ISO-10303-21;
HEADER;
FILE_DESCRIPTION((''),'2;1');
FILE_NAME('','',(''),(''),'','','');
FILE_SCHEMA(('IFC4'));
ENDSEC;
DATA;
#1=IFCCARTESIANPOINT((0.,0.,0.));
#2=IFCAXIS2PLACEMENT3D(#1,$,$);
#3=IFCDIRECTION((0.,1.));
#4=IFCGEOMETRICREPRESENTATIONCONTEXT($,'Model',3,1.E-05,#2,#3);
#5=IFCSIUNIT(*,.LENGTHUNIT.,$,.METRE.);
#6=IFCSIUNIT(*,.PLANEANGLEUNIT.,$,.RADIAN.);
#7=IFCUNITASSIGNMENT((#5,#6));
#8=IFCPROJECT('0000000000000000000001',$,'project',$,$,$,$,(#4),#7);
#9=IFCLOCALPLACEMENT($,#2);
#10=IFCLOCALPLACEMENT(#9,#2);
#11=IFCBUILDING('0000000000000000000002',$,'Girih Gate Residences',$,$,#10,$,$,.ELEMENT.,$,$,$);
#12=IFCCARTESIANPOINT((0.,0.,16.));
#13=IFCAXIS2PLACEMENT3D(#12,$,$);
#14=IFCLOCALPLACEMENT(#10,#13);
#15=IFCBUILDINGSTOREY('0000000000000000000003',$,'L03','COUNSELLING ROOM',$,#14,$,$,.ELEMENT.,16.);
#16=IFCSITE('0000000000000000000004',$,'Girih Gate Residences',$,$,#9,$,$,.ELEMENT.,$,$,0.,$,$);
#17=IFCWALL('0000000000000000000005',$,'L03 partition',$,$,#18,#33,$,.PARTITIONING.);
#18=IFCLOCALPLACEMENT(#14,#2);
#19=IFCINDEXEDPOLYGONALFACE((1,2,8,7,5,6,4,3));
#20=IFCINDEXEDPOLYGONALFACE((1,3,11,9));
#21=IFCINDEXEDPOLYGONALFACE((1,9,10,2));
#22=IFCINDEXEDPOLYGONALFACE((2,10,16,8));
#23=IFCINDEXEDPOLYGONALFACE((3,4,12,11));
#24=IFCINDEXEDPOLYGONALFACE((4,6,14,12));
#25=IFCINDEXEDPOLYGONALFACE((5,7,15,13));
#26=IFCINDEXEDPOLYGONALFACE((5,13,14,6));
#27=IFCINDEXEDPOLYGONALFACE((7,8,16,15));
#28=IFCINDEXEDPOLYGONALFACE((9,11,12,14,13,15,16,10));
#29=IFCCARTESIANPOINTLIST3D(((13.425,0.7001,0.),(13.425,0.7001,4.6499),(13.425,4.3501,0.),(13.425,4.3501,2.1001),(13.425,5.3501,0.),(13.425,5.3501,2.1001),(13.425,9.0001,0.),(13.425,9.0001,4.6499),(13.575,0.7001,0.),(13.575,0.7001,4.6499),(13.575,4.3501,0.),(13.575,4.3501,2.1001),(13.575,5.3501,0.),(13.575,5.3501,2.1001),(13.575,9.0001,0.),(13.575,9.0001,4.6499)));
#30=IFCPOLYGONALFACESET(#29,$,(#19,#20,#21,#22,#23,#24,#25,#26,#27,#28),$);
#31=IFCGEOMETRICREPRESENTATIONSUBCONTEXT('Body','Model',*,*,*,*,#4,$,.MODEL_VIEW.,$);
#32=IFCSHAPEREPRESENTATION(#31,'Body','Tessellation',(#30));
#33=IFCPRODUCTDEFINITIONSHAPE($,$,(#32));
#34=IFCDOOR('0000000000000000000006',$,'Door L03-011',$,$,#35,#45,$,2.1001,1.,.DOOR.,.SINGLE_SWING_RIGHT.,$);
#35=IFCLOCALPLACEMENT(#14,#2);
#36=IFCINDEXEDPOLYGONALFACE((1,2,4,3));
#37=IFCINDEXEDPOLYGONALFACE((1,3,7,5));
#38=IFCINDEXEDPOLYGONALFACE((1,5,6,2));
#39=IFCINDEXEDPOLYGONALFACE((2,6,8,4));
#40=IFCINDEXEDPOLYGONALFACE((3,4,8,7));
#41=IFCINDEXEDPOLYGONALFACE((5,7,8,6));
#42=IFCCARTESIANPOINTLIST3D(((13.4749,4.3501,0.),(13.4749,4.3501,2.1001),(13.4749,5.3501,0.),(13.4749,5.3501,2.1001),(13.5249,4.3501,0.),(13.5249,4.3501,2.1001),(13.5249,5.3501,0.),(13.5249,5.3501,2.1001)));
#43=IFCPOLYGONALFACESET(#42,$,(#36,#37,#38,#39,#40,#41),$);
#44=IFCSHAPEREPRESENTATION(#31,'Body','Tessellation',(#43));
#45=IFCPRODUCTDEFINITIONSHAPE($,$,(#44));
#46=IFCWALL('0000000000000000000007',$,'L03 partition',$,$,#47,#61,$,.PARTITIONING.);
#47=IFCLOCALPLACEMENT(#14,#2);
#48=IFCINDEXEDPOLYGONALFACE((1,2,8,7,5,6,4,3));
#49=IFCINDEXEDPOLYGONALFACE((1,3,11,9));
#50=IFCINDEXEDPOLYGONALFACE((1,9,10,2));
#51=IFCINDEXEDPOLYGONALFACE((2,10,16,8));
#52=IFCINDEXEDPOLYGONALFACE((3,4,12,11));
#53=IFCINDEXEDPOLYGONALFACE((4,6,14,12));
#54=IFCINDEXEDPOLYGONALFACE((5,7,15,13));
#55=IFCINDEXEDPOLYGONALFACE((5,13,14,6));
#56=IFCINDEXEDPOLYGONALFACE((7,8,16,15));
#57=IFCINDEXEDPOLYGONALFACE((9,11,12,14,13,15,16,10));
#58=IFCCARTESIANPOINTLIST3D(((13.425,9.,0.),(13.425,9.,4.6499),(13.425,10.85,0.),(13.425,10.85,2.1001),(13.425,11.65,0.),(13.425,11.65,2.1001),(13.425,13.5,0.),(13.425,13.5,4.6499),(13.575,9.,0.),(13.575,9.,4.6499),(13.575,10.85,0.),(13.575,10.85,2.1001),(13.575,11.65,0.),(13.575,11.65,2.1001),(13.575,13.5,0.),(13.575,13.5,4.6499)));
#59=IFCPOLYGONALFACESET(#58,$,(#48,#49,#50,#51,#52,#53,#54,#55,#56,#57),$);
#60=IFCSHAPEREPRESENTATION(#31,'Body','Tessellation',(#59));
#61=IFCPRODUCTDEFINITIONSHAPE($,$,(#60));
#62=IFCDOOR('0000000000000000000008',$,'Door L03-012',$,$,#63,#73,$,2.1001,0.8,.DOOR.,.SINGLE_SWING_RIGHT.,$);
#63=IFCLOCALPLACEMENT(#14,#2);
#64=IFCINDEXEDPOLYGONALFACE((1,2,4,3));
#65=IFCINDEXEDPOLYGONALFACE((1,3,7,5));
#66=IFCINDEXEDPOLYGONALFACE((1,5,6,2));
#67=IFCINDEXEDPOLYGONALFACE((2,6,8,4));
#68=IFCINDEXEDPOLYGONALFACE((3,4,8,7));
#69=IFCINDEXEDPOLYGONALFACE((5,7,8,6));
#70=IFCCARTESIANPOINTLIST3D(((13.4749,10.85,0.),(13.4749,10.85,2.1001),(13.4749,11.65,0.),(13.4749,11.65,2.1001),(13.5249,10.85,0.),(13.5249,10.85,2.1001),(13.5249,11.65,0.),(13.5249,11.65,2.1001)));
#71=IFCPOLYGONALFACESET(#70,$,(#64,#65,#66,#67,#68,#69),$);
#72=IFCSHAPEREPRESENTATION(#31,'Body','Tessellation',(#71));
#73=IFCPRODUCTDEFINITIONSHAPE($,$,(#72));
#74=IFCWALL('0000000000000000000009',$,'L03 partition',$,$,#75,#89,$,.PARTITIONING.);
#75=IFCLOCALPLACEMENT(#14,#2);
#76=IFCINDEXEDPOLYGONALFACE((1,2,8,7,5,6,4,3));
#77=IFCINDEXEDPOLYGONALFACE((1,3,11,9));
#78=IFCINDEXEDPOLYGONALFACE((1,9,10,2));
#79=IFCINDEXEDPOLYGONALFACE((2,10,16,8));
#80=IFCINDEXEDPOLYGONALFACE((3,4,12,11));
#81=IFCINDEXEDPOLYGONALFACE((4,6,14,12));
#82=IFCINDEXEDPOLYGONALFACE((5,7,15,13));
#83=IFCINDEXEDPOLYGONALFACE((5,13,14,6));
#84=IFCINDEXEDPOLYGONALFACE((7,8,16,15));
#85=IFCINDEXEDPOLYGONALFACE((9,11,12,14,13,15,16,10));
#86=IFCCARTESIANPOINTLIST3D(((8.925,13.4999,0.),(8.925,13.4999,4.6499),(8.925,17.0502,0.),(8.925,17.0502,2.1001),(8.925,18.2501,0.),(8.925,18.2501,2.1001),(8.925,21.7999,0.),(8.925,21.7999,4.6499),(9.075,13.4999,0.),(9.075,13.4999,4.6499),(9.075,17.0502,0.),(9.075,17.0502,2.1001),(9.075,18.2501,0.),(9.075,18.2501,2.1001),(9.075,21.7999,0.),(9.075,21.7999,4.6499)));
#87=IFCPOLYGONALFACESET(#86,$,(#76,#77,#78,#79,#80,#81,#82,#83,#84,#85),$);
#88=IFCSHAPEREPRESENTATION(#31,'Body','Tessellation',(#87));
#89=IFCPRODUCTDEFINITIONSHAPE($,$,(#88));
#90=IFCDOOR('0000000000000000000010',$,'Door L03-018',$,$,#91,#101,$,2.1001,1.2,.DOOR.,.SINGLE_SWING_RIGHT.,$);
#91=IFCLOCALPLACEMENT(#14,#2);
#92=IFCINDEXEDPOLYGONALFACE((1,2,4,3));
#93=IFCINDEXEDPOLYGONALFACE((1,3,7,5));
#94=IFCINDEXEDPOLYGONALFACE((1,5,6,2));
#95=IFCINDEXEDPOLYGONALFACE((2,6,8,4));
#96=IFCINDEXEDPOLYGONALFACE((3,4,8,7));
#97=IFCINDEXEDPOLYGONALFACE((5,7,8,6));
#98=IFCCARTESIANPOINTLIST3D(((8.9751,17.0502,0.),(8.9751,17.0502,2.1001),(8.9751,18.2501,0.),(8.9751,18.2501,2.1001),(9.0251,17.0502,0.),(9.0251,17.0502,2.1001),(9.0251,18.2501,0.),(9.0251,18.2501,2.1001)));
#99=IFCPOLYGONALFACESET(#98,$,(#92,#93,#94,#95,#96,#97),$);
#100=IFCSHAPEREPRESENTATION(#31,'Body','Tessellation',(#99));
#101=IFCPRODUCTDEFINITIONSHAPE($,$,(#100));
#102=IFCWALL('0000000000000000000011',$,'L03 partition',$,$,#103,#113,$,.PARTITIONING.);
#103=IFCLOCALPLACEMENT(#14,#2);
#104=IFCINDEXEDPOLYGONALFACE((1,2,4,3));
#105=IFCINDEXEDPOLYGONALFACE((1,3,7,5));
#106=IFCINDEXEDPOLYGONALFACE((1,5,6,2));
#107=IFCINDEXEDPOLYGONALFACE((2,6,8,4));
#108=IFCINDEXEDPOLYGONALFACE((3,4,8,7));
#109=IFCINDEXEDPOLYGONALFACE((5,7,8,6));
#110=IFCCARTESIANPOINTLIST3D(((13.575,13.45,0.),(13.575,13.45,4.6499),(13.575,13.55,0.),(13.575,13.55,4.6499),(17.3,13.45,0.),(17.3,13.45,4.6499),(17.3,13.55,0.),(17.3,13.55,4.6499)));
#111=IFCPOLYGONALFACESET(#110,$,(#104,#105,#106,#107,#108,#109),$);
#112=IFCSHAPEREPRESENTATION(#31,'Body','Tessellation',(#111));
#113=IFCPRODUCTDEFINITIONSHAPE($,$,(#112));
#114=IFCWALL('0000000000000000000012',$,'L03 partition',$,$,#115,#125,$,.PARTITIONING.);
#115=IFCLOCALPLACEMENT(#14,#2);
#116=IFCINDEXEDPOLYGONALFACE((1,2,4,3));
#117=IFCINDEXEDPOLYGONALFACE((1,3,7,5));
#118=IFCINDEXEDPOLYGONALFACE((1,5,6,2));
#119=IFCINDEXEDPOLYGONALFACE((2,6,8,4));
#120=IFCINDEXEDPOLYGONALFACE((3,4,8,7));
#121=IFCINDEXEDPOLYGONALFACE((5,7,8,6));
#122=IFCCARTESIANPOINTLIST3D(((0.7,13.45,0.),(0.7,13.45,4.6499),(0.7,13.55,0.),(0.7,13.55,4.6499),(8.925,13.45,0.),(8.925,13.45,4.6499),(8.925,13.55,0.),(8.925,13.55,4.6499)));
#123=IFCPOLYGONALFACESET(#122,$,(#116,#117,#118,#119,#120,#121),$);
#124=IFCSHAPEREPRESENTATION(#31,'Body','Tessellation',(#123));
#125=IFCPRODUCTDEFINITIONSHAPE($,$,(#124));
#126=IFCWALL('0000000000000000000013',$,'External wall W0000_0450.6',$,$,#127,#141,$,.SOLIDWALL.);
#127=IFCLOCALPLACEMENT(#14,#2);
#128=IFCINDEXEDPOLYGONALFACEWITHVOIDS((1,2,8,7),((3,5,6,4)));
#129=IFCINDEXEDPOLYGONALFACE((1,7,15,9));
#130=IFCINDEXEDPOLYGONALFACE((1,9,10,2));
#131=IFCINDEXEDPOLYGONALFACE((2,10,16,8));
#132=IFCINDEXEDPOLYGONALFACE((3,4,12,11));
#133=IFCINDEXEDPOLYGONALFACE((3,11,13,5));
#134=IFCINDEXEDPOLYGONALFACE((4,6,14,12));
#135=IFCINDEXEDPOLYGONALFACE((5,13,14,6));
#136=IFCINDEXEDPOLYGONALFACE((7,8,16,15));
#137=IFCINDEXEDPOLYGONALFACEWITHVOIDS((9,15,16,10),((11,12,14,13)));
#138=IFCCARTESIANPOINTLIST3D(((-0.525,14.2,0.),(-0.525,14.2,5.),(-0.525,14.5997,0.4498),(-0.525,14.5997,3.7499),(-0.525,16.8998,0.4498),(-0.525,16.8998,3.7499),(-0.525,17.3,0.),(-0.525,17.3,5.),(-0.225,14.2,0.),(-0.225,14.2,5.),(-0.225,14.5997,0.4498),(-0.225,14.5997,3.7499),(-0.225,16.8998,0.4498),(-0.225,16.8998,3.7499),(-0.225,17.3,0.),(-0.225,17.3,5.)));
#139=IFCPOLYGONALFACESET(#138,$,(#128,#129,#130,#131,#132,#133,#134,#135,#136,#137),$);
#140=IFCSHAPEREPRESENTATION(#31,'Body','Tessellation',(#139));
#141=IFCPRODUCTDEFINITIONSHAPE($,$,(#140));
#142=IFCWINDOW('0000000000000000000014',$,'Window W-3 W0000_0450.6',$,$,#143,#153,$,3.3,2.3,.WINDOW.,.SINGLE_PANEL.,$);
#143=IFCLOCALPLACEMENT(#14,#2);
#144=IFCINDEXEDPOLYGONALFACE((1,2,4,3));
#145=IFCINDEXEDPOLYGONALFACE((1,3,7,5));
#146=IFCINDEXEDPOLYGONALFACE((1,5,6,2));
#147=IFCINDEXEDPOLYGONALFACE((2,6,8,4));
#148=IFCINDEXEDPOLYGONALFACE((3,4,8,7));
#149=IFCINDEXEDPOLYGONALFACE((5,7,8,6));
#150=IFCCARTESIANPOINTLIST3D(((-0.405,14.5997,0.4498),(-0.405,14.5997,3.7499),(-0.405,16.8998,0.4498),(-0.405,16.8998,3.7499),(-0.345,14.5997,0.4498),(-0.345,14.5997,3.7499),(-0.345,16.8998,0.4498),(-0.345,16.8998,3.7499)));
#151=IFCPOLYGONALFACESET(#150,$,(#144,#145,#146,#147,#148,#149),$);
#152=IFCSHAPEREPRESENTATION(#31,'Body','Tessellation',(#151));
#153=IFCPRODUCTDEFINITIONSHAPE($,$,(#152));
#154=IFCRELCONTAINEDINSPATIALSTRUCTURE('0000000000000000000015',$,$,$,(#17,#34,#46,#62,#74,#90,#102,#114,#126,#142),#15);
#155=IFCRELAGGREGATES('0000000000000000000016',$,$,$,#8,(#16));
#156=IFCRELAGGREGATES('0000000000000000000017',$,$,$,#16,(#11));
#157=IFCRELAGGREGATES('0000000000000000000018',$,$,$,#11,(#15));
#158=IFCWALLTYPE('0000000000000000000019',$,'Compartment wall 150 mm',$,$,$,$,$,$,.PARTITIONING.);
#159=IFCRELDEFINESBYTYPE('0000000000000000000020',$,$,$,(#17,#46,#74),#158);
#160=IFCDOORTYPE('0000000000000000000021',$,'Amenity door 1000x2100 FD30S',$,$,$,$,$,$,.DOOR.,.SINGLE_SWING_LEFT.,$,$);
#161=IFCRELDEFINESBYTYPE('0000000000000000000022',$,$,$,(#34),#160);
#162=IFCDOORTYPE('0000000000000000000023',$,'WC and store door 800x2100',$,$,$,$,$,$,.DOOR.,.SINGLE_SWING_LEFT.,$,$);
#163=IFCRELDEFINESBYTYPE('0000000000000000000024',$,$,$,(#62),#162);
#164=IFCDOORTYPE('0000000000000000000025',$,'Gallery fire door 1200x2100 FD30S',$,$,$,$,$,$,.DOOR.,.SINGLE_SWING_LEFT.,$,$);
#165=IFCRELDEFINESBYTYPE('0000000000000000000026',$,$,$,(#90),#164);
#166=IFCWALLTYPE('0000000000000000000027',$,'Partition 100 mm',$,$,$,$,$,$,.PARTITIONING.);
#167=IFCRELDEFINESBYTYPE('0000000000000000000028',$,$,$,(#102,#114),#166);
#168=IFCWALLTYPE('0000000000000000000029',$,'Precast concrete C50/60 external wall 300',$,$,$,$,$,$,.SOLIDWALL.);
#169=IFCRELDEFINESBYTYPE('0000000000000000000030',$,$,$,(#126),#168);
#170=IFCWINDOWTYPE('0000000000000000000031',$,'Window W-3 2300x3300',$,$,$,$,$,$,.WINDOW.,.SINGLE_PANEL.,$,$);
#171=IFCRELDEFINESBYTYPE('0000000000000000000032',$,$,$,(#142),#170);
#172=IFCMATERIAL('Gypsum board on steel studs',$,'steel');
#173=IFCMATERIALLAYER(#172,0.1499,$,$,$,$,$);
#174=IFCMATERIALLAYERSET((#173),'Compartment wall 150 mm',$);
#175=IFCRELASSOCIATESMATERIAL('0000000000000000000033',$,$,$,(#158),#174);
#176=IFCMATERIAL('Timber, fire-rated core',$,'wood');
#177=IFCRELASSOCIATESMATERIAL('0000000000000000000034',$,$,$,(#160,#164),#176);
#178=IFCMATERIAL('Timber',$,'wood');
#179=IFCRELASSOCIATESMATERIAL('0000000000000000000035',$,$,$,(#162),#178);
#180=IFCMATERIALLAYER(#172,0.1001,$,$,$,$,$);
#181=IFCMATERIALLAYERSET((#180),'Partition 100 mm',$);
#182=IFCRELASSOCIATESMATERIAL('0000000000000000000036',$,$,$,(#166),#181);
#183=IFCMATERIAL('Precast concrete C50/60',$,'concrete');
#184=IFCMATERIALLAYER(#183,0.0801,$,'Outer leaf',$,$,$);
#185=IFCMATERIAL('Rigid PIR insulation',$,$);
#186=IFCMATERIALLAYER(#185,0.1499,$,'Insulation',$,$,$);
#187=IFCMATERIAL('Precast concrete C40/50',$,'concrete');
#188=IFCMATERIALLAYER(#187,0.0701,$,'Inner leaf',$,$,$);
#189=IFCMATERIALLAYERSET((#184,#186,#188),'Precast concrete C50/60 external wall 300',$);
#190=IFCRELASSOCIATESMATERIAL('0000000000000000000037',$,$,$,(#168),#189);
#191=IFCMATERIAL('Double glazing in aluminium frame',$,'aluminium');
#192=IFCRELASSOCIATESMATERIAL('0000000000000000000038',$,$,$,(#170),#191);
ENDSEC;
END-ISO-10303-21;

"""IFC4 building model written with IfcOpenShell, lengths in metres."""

from ifc_helpers import new_model, si_unit, direction, frame, frame_2d, origin, place, context, subcontext, project, spatial, rectangle, extrude, material, layer, layer_set, type_object, element, fill, save


model = new_model("IFC4")

# Units and contexts
model_context = context("Model", 3, precision=1e-05, world=origin(), true_north=direction((0.0, 1.0)))
body_context = subcontext(model_context, "Body", "Model", "MODEL_VIEW")
ifc_project = project(units=[si_unit("LENGTHUNIT", "METRE"), si_unit("PLANEANGLEUNIT", "RADIAN")], contexts=[model_context])

# Site, building, storey
site_placement = place(None, origin())
site = spatial("IfcSite", under=ifc_project, at=site_placement, Name="Girih Gate Residences", CompositionType="ELEMENT", RefElevation=0.0)
building_placement = place(site_placement, origin())
building = spatial("IfcBuilding", under=site, at=building_placement, Name="Girih Gate Residences", CompositionType="ELEMENT")
storey_placement = place(building_placement, frame((0.0, 0.0, 16.0)))
storey = spatial("IfcBuildingStorey", under=building, at=storey_placement, Name="L03", Description="COUNSELLING ROOM", CompositionType="ELEMENT", Elevation=16.0)

# Shared definitions
ifc_material_1 = material(Name="Gypsum board on steel studs", Category="steel")
ifc_layer_1 = layer(ifc_material_1, 0.1499)
ifc_layer_set_1 = layer_set([ifc_layer_1], Name="Compartment wall 150 mm")
wall_type_1 = type_object("IfcWallType", Name="Compartment wall 150 mm", PredefinedType="PARTITIONING", material=ifc_layer_set_1)

# Walls, openings, doors
wall_1_placement = place(storey_placement, frame((13.5, 9.0, 0.0), z_axis=(0.0, 0.0, 1.0), x_axis=(0.0, -1.0, 0.0)))
wall_1 = element("IfcWall", 1, at=wall_1_placement, inside=storey, type_object=wall_type_1, Name="L03 partition", PredefinedType="PARTITIONING", context=body_context, shape_type="SweptSolid", body=[
    extrude(rectangle(XDim=8.3, YDim=0.1499, at=frame_2d((4.1499, 0.0))), origin(), (0.0, 0.0, 1.0), 4.6499),
])
opening_1_placement = place(wall_1_placement, frame((3.6499, 0.0, 0.0)))
opening_1 = element("IfcOpeningElement", 2, at=opening_1_placement, cuts=wall_1, PredefinedType="OPENING", context=body_context, shape_type="SweptSolid", body=[
    extrude(rectangle(XDim=1.0, YDim=2.1001, at=frame_2d((0.5, 1.05))), frame((0.0, 0.085, 0.0), z_axis=(0.0, -1.0, 0.0), x_axis=(1.0, 0.0, 0.0)), (0.0, 0.0, 1.0), 0.1699),
])
ifc_material_2 = material(Name="Timber, fire-rated core", Category="wood")
door_type_1 = type_object("IfcDoorType", Name="Amenity door 1000x2100 FD30S", OperationType="SINGLE_SWING_LEFT", PredefinedType="DOOR", material=ifc_material_2)
door_1_placement = place(opening_1_placement, origin())
door_1 = element("IfcDoor", 3, at=door_1_placement, inside=storey, type_object=door_type_1, Name="Door L03-011", OperationType="SINGLE_SWING_RIGHT", OverallHeight=2.1001, OverallWidth=1.0, PredefinedType="DOOR", context=body_context, shape_type="SweptSolid", body=[
    extrude(rectangle(XDim=1.0, YDim=2.1001, at=frame_2d((0.5, 1.05))), frame((0.0, 0.0249, 0.0), z_axis=(0.0, -1.0, 0.0), x_axis=(1.0, 0.0, 0.0)), (0.0, 0.0, 1.0), 0.05),
])
fill(opening_1, door_1)
wall_2_placement = place(storey_placement, frame((13.5, 13.5, 0.0), z_axis=(0.0, 0.0, 1.0), x_axis=(0.0, -1.0, 0.0)))
wall_2 = element("IfcWall", 4, at=wall_2_placement, inside=storey, type_object=wall_type_1, Name="L03 partition", PredefinedType="PARTITIONING", context=body_context, shape_type="SweptSolid", body=[
    extrude(rectangle(XDim=4.5, YDim=0.1499, at=frame_2d((2.25, 0.0))), origin(), (0.0, 0.0, 1.0), 4.6499),
])
opening_2_placement = place(wall_2_placement, frame((1.8501, 0.0, 0.0)))
opening_2 = element("IfcOpeningElement", 5, at=opening_2_placement, cuts=wall_2, PredefinedType="OPENING", context=body_context, shape_type="SweptSolid", body=[
    extrude(rectangle(XDim=0.8, YDim=2.1001, at=frame_2d((0.3999, 1.05))), frame((0.0, 0.085, 0.0), z_axis=(0.0, -1.0, 0.0), x_axis=(1.0, 0.0, 0.0)), (0.0, 0.0, 1.0), 0.1699),
])
ifc_material_3 = material(Name="Timber", Category="wood")
door_type_2 = type_object("IfcDoorType", Name="WC and store door 800x2100", OperationType="SINGLE_SWING_LEFT", PredefinedType="DOOR", material=ifc_material_3)
door_2_placement = place(opening_2_placement, origin())
door_2 = element("IfcDoor", 6, at=door_2_placement, inside=storey, type_object=door_type_2, Name="Door L03-012", OperationType="SINGLE_SWING_RIGHT", OverallHeight=2.1001, OverallWidth=0.8, PredefinedType="DOOR", context=body_context, shape_type="SweptSolid", body=[
    extrude(rectangle(XDim=0.8, YDim=2.1001, at=frame_2d((0.3999, 1.05))), frame((0.0, 0.0249, 0.0), z_axis=(0.0, -1.0, 0.0), x_axis=(1.0, 0.0, 0.0)), (0.0, 0.0, 1.0), 0.05),
])
fill(opening_2, door_2)
wall_3_placement = place(storey_placement, frame((9.0, 13.5, 0.0), z_axis=(0.0, 0.0, 1.0), x_axis=(0.0, 1.0, 0.0)))
wall_3 = element("IfcWall", 7, at=wall_3_placement, inside=storey, type_object=wall_type_1, Name="L03 partition", PredefinedType="PARTITIONING", context=body_context, shape_type="SweptSolid", body=[
    extrude(rectangle(XDim=8.3, YDim=0.1499, at=frame_2d((4.1499, 0.0))), origin(), (0.0, 0.0, 1.0), 4.6499),
])
opening_3_placement = place(wall_3_placement, frame((3.55, 0.0, 0.0)))
opening_3 = element("IfcOpeningElement", 8, at=opening_3_placement, cuts=wall_3, PredefinedType="OPENING", context=body_context, shape_type="SweptSolid", body=[
    extrude(rectangle(XDim=1.2, YDim=2.1001, at=frame_2d((0.6001, 1.05))), frame((0.0, 0.085, 0.0), z_axis=(0.0, -1.0, 0.0), x_axis=(1.0, 0.0, 0.0)), (0.0, 0.0, 1.0), 0.1699),
])
door_type_3 = type_object("IfcDoorType", Name="Gallery fire door 1200x2100 FD30S", OperationType="SINGLE_SWING_LEFT", PredefinedType="DOOR", material=ifc_material_2)
door_3_placement = place(opening_3_placement, origin())
door_3 = element("IfcDoor", 9, at=door_3_placement, inside=storey, type_object=door_type_3, Name="Door L03-018", OperationType="SINGLE_SWING_RIGHT", OverallHeight=2.1001, OverallWidth=1.2, PredefinedType="DOOR", context=body_context, shape_type="SweptSolid", body=[
    extrude(rectangle(XDim=1.2, YDim=2.1001, at=frame_2d((0.6001, 1.05))), frame((0.0, 0.0249, 0.0), z_axis=(0.0, -1.0, 0.0), x_axis=(1.0, 0.0, 0.0)), (0.0, 0.0, 1.0), 0.05),
])
fill(opening_3, door_3)

# Walls
ifc_layer_2 = layer(ifc_material_1, 0.1001)
ifc_layer_set_2 = layer_set([ifc_layer_2], Name="Partition 100 mm")
wall_type_2 = type_object("IfcWallType", Name="Partition 100 mm", PredefinedType="PARTITIONING", material=ifc_layer_set_2)
wall_4_placement = place(storey_placement, frame((13.575, 13.5, 0.0), z_axis=(0.0, 0.0, 1.0), x_axis=(1.0, 0.0, 0.0)))
element("IfcWall", 10, at=wall_4_placement, inside=storey, type_object=wall_type_2, Name="L03 partition", PredefinedType="PARTITIONING", context=body_context, shape_type="SweptSolid", body=[
    extrude(rectangle(XDim=3.7251, YDim=0.1001, at=frame_2d((1.8625, 0.0))), origin(), (0.0, 0.0, 1.0), 4.6499),
])
wall_5_placement = place(storey_placement, frame((0.7, 13.5, 0.0), z_axis=(0.0, 0.0, 1.0), x_axis=(1.0, 0.0, 0.0)))
element("IfcWall", 11, at=wall_5_placement, inside=storey, type_object=wall_type_2, Name="L03 partition", PredefinedType="PARTITIONING", context=body_context, shape_type="SweptSolid", body=[
    extrude(rectangle(XDim=8.2251, YDim=0.1001, at=frame_2d((4.1125, 0.0))), origin(), (0.0, 0.0, 1.0), 4.6499),
])

# Wall, opening, window
ifc_material_4 = material(Name="Precast concrete C50/60", Category="concrete")
ifc_layer_3 = layer(ifc_material_4, 0.0801, Name="Outer leaf")
ifc_material_5 = material(Name="Rigid PIR insulation")
ifc_layer_4 = layer(ifc_material_5, 0.1499, Name="Insulation")
ifc_material_6 = material(Name="Precast concrete C40/50", Category="concrete")
ifc_layer_5 = layer(ifc_material_6, 0.0701, Name="Inner leaf")
ifc_layer_set_3 = layer_set([ifc_layer_3, ifc_layer_4, ifc_layer_5], Name="Precast concrete C50/60 external wall 300")
wall_type_3 = type_object("IfcWallType", Name="Precast concrete C50/60 external wall 300", PredefinedType="SOLIDWALL", material=ifc_layer_set_3)
wall_6_placement = place(storey_placement, frame((-0.375, 14.2, 0.0), z_axis=(0.0, 0.0, 1.0), x_axis=(0.0, 1.0, 0.0)))
wall_6 = element("IfcWall", 12, at=wall_6_placement, inside=storey, type_object=wall_type_3, Name="External wall W0000_0450.6", PredefinedType="SOLIDWALL", context=body_context, shape_type="SweptSolid", body=[
    extrude(rectangle(XDim=3.1001, YDim=0.3, at=frame_2d((1.55, 0.0))), origin(), (0.0, 0.0, 1.0), 5.0),
])
opening_4_placement = place(wall_6_placement, frame((0.3999, 0.0, 0.45)))
opening_4 = element("IfcOpeningElement", 13, at=opening_4_placement, cuts=wall_6, PredefinedType="OPENING", context=body_context, shape_type="SweptSolid", body=[
    extrude(rectangle(XDim=2.3, YDim=3.3, at=frame_2d((1.1499, 1.6499))), frame((0.0, 0.1599, 0.0), z_axis=(0.0, -1.0, 0.0), x_axis=(1.0, 0.0, 0.0)), (0.0, 0.0, 1.0), 0.3201),
])
ifc_material_7 = material(Name="Double glazing in aluminium frame", Category="aluminium")
window_type = type_object("IfcWindowType", Name="Window W-3 2300x3300", PartitioningType="SINGLE_PANEL", PredefinedType="WINDOW", material=ifc_material_7)
window_1_placement = place(opening_4_placement, origin())
window_1 = element("IfcWindow", 14, at=window_1_placement, inside=storey, type_object=window_type, Name="Window W-3 W0000_0450.6", OverallHeight=3.3, OverallWidth=2.3, PartitioningType="SINGLE_PANEL", PredefinedType="WINDOW", context=body_context, shape_type="SweptSolid", body=[
    extrude(rectangle(XDim=2.3, YDim=3.3, at=frame_2d((1.1499, 1.6499))), frame((0.0, 0.03, 0.0), z_axis=(0.0, -1.0, 0.0), x_axis=(1.0, 0.0, 0.0)), (0.0, 0.0, 1.0), 0.0601),
])
fill(opening_4, window_1)

save(model, "model.ifc")
